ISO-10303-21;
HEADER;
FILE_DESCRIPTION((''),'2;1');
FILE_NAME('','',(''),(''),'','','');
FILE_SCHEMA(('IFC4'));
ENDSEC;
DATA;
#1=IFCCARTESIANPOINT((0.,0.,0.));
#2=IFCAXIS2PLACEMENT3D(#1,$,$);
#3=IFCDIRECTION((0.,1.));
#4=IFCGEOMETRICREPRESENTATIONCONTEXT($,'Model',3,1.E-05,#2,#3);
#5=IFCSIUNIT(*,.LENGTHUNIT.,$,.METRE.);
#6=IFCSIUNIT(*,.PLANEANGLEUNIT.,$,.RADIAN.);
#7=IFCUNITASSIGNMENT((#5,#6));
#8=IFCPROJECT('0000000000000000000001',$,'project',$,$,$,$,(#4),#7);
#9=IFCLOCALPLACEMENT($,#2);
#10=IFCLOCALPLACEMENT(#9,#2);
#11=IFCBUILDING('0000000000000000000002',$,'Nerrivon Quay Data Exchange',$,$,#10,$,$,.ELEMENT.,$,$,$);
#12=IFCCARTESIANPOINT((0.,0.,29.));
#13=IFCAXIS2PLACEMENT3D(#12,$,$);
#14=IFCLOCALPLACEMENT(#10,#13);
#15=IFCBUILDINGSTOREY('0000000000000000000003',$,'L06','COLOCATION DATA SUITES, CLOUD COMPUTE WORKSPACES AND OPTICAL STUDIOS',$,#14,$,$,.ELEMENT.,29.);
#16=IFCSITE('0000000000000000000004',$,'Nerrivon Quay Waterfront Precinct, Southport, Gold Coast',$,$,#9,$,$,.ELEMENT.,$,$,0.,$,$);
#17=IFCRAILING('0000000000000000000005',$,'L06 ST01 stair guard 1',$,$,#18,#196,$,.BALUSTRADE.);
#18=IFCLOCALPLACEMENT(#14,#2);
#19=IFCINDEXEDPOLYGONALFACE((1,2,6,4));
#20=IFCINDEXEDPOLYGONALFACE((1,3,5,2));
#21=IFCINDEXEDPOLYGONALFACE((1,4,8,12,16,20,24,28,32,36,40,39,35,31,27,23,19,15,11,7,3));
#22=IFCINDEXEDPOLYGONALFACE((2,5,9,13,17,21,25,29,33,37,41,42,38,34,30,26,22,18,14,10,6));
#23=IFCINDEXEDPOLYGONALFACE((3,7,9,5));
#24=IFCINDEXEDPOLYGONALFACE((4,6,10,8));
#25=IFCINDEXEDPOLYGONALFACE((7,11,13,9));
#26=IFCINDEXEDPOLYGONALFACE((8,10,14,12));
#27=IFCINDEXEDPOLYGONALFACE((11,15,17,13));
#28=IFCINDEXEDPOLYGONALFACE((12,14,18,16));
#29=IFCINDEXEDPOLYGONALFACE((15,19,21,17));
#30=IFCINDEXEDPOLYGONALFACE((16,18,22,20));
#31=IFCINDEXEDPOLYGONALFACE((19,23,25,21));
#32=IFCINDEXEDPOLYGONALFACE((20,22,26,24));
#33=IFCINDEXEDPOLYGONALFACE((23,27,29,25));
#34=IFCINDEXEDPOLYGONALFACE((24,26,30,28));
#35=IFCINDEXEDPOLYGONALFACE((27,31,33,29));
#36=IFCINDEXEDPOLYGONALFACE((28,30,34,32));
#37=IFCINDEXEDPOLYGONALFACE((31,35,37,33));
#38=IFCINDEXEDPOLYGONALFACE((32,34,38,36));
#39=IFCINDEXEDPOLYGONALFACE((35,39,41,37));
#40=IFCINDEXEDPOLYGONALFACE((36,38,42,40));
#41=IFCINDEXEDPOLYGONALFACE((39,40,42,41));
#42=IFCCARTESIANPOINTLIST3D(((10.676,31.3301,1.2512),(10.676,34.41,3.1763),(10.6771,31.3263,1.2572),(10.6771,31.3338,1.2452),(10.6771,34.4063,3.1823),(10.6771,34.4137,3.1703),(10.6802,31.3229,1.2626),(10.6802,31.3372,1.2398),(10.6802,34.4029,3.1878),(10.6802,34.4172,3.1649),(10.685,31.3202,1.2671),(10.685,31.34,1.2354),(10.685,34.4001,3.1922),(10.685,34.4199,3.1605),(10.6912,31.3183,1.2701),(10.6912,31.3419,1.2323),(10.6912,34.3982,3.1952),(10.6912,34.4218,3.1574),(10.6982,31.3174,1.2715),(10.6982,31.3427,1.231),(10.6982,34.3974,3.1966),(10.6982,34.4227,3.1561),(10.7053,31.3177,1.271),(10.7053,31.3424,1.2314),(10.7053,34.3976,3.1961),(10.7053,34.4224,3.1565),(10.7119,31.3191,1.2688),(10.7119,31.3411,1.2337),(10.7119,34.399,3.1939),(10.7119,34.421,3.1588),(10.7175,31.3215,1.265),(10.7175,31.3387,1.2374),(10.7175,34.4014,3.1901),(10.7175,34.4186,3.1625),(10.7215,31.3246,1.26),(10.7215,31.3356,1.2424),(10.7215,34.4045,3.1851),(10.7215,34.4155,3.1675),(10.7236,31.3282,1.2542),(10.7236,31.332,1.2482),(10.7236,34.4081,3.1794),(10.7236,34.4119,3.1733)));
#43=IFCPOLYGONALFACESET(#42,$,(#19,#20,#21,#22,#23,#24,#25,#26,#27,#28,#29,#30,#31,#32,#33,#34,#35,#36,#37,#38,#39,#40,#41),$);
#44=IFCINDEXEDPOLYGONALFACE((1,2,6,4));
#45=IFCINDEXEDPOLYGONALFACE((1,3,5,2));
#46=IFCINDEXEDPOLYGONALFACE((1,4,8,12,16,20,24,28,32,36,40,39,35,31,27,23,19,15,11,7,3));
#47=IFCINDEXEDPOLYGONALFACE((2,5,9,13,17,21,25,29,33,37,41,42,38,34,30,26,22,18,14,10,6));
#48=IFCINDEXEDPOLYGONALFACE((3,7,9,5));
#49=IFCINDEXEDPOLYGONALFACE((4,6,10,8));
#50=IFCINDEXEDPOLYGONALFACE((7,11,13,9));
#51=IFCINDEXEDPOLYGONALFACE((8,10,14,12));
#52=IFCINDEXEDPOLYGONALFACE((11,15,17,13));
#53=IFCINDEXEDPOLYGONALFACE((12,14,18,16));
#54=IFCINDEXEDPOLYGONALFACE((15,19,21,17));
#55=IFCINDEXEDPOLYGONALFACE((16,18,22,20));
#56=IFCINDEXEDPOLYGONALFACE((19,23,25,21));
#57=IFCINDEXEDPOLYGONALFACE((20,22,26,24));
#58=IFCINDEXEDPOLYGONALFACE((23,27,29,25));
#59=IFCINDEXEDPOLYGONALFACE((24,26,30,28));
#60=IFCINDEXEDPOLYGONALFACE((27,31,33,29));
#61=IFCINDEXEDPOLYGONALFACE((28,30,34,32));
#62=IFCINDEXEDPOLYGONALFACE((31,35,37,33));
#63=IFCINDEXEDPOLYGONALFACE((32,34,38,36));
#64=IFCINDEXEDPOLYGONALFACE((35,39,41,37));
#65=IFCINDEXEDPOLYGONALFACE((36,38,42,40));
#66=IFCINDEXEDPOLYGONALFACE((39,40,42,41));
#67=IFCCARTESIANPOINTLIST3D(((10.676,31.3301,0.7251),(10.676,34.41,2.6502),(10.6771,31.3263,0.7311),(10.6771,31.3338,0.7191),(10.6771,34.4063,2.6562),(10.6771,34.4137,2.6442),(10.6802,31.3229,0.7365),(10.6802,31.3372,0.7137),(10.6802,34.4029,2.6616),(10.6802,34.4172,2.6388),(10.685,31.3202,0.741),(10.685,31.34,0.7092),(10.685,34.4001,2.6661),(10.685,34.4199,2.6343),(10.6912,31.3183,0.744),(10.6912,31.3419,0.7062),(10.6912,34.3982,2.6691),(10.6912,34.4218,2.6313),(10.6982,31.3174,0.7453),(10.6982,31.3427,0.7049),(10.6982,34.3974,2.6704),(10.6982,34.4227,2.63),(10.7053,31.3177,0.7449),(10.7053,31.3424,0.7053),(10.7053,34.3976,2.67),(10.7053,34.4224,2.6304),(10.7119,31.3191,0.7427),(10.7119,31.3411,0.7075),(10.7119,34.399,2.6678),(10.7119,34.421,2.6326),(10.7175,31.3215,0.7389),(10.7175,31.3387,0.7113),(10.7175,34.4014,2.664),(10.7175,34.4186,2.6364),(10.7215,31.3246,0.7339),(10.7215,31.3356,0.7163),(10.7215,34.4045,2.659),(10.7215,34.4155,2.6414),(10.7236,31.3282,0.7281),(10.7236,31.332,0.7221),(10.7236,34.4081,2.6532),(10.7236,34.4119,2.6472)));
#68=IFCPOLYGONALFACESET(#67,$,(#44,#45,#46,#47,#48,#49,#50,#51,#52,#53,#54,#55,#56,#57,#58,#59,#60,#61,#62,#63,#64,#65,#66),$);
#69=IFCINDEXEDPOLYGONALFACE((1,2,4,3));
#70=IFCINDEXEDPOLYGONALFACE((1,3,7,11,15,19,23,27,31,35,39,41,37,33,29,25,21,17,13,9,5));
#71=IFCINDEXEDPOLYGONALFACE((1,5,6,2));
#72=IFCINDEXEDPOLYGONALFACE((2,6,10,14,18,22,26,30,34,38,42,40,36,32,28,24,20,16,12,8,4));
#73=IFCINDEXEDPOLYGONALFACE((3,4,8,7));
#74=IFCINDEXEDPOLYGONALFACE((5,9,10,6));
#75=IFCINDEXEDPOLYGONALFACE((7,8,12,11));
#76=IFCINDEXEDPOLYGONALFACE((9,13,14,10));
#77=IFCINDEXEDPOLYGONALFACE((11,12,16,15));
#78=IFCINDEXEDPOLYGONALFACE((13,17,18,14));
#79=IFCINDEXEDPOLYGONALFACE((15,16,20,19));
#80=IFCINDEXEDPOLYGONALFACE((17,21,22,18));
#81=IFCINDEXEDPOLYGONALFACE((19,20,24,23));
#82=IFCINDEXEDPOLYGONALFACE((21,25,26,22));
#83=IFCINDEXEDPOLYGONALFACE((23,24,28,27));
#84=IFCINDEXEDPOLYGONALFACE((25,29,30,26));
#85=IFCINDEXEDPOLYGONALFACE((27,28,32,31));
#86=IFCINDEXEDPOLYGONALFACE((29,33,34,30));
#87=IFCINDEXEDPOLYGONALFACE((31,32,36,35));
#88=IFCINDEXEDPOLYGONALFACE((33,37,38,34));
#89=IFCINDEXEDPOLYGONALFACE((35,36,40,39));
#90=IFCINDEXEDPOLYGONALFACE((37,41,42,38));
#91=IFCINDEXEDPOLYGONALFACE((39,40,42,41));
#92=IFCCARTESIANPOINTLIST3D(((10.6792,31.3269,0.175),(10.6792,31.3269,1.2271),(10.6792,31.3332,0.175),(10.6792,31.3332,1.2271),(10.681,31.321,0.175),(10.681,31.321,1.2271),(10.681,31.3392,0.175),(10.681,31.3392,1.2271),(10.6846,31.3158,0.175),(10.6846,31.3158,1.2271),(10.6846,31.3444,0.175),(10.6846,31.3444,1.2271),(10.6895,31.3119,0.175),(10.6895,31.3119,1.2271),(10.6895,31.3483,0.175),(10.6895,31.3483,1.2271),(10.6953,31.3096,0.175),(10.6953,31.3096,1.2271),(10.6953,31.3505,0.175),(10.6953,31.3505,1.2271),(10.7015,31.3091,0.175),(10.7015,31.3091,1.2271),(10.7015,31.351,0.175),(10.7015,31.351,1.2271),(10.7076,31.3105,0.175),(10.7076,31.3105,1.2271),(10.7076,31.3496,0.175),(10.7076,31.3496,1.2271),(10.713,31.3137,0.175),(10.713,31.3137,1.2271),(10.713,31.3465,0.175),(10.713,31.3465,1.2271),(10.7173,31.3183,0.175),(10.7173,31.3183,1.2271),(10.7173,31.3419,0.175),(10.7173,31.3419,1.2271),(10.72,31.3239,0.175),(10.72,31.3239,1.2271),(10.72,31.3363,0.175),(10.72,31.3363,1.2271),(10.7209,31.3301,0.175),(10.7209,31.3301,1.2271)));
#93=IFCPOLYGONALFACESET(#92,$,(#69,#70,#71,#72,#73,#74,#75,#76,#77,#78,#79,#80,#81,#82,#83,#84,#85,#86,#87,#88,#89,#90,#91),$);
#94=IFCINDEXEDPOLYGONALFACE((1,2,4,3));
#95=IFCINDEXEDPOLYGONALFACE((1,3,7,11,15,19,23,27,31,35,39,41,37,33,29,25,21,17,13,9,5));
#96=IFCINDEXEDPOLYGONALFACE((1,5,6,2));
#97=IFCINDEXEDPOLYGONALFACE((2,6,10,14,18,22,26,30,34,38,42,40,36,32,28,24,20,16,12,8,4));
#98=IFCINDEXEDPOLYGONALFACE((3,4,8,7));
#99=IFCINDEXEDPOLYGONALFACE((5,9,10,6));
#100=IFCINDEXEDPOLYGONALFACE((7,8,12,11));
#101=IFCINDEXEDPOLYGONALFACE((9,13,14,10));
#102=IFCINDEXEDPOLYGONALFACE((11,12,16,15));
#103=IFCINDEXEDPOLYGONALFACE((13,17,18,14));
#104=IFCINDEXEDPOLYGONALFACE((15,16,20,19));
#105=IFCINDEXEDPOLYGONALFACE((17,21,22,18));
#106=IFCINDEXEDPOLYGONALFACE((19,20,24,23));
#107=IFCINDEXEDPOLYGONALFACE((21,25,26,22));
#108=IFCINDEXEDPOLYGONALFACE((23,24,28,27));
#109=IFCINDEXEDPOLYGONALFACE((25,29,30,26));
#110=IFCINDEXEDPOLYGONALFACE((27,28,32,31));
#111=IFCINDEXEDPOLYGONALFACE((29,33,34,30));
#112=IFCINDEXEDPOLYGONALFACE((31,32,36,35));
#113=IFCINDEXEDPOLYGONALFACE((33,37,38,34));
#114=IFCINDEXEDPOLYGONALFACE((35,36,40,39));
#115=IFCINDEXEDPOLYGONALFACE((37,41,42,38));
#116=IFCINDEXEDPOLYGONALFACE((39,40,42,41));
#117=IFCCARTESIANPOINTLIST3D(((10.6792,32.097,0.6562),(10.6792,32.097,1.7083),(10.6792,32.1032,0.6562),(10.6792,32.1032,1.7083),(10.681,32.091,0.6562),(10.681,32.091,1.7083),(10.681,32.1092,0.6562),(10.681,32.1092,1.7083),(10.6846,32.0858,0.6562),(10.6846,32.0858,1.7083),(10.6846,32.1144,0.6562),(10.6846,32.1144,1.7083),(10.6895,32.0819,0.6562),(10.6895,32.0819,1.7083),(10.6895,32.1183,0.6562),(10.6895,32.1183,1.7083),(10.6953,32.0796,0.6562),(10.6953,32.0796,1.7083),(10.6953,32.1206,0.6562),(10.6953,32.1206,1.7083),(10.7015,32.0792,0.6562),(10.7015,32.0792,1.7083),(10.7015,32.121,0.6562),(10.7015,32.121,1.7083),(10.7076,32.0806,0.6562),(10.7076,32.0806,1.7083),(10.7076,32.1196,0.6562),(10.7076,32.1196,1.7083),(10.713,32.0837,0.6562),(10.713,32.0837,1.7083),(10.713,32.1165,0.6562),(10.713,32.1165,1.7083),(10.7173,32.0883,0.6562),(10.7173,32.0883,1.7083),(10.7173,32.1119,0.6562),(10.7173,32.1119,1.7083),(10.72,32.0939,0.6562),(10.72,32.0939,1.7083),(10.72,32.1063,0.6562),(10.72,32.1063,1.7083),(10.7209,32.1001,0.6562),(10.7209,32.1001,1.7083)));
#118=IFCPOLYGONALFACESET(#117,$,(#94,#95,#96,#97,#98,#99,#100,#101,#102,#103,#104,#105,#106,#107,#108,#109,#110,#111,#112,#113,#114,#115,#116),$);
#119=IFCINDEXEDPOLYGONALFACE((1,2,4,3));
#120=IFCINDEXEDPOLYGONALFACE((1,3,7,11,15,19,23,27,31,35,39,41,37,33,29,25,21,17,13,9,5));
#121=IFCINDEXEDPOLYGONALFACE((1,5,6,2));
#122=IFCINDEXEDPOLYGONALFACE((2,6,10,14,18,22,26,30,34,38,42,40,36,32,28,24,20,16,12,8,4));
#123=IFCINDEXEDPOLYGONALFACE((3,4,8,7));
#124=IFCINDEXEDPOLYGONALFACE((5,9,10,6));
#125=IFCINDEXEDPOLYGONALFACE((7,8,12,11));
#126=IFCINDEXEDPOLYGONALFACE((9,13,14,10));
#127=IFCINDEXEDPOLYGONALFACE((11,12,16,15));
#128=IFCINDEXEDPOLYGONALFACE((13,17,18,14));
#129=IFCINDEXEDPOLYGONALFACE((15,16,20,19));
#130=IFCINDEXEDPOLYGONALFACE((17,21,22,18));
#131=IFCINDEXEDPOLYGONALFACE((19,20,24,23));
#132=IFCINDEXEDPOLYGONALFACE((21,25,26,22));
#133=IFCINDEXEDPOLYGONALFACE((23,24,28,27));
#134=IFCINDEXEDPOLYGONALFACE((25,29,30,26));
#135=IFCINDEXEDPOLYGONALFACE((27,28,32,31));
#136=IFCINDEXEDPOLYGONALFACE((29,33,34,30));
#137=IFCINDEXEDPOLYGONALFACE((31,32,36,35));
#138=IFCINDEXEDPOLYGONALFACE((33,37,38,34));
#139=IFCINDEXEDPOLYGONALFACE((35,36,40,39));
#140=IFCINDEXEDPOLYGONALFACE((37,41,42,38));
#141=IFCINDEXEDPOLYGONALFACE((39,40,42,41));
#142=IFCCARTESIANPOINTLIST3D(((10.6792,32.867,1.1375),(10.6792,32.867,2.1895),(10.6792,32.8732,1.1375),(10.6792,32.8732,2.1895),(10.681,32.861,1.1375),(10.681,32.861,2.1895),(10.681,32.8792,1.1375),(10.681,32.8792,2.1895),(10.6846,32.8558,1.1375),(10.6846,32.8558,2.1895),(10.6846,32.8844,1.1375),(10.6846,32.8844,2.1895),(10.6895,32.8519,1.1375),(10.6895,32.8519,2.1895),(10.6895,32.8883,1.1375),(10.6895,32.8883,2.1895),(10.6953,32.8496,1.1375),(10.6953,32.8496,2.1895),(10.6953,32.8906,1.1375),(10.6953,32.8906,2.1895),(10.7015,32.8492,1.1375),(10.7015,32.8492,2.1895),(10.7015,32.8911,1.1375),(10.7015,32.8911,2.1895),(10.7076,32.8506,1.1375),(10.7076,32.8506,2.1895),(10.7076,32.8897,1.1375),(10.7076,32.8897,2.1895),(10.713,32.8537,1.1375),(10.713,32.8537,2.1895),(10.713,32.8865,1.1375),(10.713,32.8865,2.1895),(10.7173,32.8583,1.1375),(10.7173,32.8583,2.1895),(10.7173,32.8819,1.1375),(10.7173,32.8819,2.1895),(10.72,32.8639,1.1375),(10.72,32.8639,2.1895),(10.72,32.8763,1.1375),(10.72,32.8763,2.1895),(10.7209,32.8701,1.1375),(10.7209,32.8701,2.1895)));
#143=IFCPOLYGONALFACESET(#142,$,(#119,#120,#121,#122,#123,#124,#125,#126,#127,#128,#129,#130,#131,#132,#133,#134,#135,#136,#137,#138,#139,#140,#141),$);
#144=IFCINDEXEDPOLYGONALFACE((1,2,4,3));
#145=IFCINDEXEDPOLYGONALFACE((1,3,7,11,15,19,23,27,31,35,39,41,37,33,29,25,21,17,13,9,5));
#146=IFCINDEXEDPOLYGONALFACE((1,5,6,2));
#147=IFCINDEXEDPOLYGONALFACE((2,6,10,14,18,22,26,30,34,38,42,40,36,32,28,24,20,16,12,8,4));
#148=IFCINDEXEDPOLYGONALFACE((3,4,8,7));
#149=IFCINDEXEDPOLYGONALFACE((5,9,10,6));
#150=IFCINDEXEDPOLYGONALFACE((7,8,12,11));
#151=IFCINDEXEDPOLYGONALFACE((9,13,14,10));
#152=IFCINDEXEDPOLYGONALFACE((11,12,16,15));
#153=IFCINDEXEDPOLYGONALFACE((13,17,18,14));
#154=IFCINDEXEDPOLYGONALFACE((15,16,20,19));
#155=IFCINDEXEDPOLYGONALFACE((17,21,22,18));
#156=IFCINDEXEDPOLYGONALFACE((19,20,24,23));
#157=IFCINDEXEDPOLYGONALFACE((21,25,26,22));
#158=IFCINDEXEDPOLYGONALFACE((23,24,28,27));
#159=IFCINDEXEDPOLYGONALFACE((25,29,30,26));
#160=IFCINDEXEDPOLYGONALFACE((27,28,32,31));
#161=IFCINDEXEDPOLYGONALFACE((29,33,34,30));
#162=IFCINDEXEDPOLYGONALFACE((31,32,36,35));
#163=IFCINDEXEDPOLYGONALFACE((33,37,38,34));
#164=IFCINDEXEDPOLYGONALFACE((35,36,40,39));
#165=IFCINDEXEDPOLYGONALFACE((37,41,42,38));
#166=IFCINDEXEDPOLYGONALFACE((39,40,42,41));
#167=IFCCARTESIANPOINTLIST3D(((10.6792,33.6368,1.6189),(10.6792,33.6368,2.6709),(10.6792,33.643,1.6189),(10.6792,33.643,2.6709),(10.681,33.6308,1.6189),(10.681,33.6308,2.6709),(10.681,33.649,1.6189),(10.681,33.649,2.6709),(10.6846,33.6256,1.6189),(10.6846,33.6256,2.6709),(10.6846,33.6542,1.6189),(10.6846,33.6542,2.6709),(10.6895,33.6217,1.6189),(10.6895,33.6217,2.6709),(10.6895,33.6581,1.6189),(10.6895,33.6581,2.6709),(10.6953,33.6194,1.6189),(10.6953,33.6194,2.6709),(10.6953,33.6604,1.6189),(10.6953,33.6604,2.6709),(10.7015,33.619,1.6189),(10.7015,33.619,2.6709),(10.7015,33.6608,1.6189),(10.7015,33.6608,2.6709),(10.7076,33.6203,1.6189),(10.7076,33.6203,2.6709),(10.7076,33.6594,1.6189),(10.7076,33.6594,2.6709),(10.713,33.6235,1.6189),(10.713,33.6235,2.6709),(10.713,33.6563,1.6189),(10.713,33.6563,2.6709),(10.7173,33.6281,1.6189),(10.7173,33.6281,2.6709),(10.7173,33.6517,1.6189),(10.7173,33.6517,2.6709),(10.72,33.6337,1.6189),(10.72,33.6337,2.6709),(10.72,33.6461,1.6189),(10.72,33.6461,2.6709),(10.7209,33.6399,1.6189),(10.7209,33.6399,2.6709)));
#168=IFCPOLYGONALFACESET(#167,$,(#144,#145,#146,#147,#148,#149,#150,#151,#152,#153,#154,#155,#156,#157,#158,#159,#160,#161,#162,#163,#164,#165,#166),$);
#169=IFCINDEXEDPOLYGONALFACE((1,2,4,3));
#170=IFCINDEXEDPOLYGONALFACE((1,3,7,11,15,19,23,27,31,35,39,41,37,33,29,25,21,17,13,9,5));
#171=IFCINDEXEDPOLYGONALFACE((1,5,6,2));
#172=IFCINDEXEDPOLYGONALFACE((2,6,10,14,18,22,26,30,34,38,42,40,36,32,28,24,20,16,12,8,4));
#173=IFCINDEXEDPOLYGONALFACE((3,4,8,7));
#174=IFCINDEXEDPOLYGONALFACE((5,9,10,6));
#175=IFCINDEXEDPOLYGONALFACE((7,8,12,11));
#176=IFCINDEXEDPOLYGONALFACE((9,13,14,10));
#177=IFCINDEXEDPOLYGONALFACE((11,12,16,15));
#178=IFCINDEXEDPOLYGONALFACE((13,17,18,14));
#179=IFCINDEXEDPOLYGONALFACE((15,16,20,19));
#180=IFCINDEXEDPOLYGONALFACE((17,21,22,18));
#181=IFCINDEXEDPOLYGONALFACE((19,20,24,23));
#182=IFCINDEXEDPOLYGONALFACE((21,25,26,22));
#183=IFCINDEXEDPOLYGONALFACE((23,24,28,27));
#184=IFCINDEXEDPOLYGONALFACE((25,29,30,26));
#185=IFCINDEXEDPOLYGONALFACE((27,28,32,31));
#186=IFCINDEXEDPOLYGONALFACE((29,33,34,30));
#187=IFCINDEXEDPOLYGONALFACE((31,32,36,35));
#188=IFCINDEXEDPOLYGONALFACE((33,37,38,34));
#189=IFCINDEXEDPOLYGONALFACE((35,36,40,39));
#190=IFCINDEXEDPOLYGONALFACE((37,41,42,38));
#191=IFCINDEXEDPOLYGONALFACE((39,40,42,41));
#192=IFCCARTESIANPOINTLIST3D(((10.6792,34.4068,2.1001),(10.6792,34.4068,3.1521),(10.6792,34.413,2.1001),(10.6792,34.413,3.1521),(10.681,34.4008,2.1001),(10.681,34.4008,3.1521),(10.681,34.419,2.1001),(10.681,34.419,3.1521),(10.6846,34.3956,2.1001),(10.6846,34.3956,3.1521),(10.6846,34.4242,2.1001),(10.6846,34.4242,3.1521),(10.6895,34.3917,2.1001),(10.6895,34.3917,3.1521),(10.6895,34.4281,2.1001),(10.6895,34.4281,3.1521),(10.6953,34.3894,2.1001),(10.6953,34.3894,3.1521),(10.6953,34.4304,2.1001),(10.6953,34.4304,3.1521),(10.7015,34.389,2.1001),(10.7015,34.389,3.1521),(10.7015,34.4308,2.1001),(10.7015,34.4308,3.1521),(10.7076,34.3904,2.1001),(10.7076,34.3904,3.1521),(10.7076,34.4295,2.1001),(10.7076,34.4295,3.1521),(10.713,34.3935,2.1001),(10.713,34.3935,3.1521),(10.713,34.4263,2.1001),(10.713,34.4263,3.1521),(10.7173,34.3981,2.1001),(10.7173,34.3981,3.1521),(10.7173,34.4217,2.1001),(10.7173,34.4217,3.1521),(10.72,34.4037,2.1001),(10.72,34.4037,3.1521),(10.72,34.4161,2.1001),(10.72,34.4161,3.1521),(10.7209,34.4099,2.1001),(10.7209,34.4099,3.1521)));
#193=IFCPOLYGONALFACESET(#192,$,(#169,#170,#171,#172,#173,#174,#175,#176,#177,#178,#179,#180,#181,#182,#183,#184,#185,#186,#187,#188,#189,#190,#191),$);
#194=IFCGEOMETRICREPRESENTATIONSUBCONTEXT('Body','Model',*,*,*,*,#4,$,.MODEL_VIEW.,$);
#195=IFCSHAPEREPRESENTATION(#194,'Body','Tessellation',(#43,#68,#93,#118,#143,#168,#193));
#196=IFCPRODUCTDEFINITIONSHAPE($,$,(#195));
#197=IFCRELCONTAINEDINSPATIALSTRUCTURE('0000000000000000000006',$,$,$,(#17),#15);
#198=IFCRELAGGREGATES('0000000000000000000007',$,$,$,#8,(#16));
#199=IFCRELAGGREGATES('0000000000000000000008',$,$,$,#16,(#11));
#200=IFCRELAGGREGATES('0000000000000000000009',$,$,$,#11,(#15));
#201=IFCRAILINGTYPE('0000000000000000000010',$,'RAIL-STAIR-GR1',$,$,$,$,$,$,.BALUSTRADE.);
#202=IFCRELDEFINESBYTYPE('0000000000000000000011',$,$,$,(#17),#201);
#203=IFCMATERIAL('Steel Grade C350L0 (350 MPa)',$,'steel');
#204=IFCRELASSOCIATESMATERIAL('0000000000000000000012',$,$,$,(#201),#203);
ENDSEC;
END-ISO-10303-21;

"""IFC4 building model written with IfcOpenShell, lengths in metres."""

from ifc_helpers import new_model, si_unit, direction, frame, origin, origin_2d, place, context, subcontext, project, spatial, circle, extrude, material, type_object, element, save


model = new_model("IFC4")

# Units and contexts
model_context = context("Model", 3, precision=1e-05, world=origin(), true_north=direction((0.0, 1.0)))
body_context = subcontext(model_context, "Body", "Model", "MODEL_VIEW")
ifc_project = project(units=[si_unit("LENGTHUNIT", "METRE"), si_unit("PLANEANGLEUNIT", "RADIAN")], contexts=[model_context])

# Site, building, storey
site_placement = place(None, origin())
site = spatial("IfcSite", under=ifc_project, at=site_placement, Name="Nerrivon Quay Waterfront Precinct, Southport, Gold Coast", CompositionType="ELEMENT", RefElevation=0.0)
building_placement = place(site_placement, origin())
building = spatial("IfcBuilding", under=site, at=building_placement, Name="Nerrivon Quay Data Exchange", CompositionType="ELEMENT")
storey_placement = place(building_placement, frame((0.0, 0.0, 29.0)))
storey = spatial("IfcBuildingStorey", under=building, at=storey_placement, Name="L06", Description="COLOCATION DATA SUITES, CLOUD COMPUTE WORKSPACES AND OPTICAL STUDIOS", CompositionType="ELEMENT", Elevation=29.0)

# Railing
ifc_material_1 = material(Name="Steel Grade C350L0 (350 MPa)", Category="steel")
railing_type_1 = type_object("IfcRailingType", Name="RAIL-STAIR-GR1", PredefinedType="BALUSTRADE", material=ifc_material_1)
railing_1_placement = place(storey_placement, frame((10.7, 31.3301, 0.175)))
element("IfcRailing", 1, at=railing_1_placement, inside=storey, type_object=railing_type_1, Name="L06 ST01 stair guard 1", PredefinedType="BALUSTRADE", context=body_context, shape_type="SweptSolid", body=[
    extrude(circle(Radius=0.0239, at=origin_2d()), frame((0.0, 0.0, 1.0762), z_axis=(0.0, 0.847979, 0.530029), x_axis=(-1.0, 0.0, 0.0)), (0.0, 0.0, 1.0), 3.6321),
    extrude(circle(Radius=0.0239, at=origin_2d()), frame((0.0, 0.0, 0.55), z_axis=(0.0, 0.847979, 0.530029), x_axis=(-1.0, 0.0, 0.0)), (0.0, 0.0, 1.0), 3.6321),
    extrude(circle(Radius=0.021, at=origin_2d()), origin(), (0.0, 0.0, 1.0), 1.052),
    extrude(circle(Radius=0.021, at=origin_2d()), frame((0.0, 0.77, 0.4812)), (0.0, 0.0, 1.0), 1.052),
    extrude(circle(Radius=0.021, at=origin_2d()), frame((0.0, 1.54, 0.9624)), (0.0, 0.0, 1.0), 1.052),
    extrude(circle(Radius=0.021, at=origin_2d()), frame((0.0, 2.3098, 1.4438)), (0.0, 0.0, 1.0), 1.052),
    extrude(circle(Radius=0.021, at=origin_2d()), frame((0.0, 3.0798, 1.925)), (0.0, 0.0, 1.0), 1.052),
])

save(model, "model.ifc")
